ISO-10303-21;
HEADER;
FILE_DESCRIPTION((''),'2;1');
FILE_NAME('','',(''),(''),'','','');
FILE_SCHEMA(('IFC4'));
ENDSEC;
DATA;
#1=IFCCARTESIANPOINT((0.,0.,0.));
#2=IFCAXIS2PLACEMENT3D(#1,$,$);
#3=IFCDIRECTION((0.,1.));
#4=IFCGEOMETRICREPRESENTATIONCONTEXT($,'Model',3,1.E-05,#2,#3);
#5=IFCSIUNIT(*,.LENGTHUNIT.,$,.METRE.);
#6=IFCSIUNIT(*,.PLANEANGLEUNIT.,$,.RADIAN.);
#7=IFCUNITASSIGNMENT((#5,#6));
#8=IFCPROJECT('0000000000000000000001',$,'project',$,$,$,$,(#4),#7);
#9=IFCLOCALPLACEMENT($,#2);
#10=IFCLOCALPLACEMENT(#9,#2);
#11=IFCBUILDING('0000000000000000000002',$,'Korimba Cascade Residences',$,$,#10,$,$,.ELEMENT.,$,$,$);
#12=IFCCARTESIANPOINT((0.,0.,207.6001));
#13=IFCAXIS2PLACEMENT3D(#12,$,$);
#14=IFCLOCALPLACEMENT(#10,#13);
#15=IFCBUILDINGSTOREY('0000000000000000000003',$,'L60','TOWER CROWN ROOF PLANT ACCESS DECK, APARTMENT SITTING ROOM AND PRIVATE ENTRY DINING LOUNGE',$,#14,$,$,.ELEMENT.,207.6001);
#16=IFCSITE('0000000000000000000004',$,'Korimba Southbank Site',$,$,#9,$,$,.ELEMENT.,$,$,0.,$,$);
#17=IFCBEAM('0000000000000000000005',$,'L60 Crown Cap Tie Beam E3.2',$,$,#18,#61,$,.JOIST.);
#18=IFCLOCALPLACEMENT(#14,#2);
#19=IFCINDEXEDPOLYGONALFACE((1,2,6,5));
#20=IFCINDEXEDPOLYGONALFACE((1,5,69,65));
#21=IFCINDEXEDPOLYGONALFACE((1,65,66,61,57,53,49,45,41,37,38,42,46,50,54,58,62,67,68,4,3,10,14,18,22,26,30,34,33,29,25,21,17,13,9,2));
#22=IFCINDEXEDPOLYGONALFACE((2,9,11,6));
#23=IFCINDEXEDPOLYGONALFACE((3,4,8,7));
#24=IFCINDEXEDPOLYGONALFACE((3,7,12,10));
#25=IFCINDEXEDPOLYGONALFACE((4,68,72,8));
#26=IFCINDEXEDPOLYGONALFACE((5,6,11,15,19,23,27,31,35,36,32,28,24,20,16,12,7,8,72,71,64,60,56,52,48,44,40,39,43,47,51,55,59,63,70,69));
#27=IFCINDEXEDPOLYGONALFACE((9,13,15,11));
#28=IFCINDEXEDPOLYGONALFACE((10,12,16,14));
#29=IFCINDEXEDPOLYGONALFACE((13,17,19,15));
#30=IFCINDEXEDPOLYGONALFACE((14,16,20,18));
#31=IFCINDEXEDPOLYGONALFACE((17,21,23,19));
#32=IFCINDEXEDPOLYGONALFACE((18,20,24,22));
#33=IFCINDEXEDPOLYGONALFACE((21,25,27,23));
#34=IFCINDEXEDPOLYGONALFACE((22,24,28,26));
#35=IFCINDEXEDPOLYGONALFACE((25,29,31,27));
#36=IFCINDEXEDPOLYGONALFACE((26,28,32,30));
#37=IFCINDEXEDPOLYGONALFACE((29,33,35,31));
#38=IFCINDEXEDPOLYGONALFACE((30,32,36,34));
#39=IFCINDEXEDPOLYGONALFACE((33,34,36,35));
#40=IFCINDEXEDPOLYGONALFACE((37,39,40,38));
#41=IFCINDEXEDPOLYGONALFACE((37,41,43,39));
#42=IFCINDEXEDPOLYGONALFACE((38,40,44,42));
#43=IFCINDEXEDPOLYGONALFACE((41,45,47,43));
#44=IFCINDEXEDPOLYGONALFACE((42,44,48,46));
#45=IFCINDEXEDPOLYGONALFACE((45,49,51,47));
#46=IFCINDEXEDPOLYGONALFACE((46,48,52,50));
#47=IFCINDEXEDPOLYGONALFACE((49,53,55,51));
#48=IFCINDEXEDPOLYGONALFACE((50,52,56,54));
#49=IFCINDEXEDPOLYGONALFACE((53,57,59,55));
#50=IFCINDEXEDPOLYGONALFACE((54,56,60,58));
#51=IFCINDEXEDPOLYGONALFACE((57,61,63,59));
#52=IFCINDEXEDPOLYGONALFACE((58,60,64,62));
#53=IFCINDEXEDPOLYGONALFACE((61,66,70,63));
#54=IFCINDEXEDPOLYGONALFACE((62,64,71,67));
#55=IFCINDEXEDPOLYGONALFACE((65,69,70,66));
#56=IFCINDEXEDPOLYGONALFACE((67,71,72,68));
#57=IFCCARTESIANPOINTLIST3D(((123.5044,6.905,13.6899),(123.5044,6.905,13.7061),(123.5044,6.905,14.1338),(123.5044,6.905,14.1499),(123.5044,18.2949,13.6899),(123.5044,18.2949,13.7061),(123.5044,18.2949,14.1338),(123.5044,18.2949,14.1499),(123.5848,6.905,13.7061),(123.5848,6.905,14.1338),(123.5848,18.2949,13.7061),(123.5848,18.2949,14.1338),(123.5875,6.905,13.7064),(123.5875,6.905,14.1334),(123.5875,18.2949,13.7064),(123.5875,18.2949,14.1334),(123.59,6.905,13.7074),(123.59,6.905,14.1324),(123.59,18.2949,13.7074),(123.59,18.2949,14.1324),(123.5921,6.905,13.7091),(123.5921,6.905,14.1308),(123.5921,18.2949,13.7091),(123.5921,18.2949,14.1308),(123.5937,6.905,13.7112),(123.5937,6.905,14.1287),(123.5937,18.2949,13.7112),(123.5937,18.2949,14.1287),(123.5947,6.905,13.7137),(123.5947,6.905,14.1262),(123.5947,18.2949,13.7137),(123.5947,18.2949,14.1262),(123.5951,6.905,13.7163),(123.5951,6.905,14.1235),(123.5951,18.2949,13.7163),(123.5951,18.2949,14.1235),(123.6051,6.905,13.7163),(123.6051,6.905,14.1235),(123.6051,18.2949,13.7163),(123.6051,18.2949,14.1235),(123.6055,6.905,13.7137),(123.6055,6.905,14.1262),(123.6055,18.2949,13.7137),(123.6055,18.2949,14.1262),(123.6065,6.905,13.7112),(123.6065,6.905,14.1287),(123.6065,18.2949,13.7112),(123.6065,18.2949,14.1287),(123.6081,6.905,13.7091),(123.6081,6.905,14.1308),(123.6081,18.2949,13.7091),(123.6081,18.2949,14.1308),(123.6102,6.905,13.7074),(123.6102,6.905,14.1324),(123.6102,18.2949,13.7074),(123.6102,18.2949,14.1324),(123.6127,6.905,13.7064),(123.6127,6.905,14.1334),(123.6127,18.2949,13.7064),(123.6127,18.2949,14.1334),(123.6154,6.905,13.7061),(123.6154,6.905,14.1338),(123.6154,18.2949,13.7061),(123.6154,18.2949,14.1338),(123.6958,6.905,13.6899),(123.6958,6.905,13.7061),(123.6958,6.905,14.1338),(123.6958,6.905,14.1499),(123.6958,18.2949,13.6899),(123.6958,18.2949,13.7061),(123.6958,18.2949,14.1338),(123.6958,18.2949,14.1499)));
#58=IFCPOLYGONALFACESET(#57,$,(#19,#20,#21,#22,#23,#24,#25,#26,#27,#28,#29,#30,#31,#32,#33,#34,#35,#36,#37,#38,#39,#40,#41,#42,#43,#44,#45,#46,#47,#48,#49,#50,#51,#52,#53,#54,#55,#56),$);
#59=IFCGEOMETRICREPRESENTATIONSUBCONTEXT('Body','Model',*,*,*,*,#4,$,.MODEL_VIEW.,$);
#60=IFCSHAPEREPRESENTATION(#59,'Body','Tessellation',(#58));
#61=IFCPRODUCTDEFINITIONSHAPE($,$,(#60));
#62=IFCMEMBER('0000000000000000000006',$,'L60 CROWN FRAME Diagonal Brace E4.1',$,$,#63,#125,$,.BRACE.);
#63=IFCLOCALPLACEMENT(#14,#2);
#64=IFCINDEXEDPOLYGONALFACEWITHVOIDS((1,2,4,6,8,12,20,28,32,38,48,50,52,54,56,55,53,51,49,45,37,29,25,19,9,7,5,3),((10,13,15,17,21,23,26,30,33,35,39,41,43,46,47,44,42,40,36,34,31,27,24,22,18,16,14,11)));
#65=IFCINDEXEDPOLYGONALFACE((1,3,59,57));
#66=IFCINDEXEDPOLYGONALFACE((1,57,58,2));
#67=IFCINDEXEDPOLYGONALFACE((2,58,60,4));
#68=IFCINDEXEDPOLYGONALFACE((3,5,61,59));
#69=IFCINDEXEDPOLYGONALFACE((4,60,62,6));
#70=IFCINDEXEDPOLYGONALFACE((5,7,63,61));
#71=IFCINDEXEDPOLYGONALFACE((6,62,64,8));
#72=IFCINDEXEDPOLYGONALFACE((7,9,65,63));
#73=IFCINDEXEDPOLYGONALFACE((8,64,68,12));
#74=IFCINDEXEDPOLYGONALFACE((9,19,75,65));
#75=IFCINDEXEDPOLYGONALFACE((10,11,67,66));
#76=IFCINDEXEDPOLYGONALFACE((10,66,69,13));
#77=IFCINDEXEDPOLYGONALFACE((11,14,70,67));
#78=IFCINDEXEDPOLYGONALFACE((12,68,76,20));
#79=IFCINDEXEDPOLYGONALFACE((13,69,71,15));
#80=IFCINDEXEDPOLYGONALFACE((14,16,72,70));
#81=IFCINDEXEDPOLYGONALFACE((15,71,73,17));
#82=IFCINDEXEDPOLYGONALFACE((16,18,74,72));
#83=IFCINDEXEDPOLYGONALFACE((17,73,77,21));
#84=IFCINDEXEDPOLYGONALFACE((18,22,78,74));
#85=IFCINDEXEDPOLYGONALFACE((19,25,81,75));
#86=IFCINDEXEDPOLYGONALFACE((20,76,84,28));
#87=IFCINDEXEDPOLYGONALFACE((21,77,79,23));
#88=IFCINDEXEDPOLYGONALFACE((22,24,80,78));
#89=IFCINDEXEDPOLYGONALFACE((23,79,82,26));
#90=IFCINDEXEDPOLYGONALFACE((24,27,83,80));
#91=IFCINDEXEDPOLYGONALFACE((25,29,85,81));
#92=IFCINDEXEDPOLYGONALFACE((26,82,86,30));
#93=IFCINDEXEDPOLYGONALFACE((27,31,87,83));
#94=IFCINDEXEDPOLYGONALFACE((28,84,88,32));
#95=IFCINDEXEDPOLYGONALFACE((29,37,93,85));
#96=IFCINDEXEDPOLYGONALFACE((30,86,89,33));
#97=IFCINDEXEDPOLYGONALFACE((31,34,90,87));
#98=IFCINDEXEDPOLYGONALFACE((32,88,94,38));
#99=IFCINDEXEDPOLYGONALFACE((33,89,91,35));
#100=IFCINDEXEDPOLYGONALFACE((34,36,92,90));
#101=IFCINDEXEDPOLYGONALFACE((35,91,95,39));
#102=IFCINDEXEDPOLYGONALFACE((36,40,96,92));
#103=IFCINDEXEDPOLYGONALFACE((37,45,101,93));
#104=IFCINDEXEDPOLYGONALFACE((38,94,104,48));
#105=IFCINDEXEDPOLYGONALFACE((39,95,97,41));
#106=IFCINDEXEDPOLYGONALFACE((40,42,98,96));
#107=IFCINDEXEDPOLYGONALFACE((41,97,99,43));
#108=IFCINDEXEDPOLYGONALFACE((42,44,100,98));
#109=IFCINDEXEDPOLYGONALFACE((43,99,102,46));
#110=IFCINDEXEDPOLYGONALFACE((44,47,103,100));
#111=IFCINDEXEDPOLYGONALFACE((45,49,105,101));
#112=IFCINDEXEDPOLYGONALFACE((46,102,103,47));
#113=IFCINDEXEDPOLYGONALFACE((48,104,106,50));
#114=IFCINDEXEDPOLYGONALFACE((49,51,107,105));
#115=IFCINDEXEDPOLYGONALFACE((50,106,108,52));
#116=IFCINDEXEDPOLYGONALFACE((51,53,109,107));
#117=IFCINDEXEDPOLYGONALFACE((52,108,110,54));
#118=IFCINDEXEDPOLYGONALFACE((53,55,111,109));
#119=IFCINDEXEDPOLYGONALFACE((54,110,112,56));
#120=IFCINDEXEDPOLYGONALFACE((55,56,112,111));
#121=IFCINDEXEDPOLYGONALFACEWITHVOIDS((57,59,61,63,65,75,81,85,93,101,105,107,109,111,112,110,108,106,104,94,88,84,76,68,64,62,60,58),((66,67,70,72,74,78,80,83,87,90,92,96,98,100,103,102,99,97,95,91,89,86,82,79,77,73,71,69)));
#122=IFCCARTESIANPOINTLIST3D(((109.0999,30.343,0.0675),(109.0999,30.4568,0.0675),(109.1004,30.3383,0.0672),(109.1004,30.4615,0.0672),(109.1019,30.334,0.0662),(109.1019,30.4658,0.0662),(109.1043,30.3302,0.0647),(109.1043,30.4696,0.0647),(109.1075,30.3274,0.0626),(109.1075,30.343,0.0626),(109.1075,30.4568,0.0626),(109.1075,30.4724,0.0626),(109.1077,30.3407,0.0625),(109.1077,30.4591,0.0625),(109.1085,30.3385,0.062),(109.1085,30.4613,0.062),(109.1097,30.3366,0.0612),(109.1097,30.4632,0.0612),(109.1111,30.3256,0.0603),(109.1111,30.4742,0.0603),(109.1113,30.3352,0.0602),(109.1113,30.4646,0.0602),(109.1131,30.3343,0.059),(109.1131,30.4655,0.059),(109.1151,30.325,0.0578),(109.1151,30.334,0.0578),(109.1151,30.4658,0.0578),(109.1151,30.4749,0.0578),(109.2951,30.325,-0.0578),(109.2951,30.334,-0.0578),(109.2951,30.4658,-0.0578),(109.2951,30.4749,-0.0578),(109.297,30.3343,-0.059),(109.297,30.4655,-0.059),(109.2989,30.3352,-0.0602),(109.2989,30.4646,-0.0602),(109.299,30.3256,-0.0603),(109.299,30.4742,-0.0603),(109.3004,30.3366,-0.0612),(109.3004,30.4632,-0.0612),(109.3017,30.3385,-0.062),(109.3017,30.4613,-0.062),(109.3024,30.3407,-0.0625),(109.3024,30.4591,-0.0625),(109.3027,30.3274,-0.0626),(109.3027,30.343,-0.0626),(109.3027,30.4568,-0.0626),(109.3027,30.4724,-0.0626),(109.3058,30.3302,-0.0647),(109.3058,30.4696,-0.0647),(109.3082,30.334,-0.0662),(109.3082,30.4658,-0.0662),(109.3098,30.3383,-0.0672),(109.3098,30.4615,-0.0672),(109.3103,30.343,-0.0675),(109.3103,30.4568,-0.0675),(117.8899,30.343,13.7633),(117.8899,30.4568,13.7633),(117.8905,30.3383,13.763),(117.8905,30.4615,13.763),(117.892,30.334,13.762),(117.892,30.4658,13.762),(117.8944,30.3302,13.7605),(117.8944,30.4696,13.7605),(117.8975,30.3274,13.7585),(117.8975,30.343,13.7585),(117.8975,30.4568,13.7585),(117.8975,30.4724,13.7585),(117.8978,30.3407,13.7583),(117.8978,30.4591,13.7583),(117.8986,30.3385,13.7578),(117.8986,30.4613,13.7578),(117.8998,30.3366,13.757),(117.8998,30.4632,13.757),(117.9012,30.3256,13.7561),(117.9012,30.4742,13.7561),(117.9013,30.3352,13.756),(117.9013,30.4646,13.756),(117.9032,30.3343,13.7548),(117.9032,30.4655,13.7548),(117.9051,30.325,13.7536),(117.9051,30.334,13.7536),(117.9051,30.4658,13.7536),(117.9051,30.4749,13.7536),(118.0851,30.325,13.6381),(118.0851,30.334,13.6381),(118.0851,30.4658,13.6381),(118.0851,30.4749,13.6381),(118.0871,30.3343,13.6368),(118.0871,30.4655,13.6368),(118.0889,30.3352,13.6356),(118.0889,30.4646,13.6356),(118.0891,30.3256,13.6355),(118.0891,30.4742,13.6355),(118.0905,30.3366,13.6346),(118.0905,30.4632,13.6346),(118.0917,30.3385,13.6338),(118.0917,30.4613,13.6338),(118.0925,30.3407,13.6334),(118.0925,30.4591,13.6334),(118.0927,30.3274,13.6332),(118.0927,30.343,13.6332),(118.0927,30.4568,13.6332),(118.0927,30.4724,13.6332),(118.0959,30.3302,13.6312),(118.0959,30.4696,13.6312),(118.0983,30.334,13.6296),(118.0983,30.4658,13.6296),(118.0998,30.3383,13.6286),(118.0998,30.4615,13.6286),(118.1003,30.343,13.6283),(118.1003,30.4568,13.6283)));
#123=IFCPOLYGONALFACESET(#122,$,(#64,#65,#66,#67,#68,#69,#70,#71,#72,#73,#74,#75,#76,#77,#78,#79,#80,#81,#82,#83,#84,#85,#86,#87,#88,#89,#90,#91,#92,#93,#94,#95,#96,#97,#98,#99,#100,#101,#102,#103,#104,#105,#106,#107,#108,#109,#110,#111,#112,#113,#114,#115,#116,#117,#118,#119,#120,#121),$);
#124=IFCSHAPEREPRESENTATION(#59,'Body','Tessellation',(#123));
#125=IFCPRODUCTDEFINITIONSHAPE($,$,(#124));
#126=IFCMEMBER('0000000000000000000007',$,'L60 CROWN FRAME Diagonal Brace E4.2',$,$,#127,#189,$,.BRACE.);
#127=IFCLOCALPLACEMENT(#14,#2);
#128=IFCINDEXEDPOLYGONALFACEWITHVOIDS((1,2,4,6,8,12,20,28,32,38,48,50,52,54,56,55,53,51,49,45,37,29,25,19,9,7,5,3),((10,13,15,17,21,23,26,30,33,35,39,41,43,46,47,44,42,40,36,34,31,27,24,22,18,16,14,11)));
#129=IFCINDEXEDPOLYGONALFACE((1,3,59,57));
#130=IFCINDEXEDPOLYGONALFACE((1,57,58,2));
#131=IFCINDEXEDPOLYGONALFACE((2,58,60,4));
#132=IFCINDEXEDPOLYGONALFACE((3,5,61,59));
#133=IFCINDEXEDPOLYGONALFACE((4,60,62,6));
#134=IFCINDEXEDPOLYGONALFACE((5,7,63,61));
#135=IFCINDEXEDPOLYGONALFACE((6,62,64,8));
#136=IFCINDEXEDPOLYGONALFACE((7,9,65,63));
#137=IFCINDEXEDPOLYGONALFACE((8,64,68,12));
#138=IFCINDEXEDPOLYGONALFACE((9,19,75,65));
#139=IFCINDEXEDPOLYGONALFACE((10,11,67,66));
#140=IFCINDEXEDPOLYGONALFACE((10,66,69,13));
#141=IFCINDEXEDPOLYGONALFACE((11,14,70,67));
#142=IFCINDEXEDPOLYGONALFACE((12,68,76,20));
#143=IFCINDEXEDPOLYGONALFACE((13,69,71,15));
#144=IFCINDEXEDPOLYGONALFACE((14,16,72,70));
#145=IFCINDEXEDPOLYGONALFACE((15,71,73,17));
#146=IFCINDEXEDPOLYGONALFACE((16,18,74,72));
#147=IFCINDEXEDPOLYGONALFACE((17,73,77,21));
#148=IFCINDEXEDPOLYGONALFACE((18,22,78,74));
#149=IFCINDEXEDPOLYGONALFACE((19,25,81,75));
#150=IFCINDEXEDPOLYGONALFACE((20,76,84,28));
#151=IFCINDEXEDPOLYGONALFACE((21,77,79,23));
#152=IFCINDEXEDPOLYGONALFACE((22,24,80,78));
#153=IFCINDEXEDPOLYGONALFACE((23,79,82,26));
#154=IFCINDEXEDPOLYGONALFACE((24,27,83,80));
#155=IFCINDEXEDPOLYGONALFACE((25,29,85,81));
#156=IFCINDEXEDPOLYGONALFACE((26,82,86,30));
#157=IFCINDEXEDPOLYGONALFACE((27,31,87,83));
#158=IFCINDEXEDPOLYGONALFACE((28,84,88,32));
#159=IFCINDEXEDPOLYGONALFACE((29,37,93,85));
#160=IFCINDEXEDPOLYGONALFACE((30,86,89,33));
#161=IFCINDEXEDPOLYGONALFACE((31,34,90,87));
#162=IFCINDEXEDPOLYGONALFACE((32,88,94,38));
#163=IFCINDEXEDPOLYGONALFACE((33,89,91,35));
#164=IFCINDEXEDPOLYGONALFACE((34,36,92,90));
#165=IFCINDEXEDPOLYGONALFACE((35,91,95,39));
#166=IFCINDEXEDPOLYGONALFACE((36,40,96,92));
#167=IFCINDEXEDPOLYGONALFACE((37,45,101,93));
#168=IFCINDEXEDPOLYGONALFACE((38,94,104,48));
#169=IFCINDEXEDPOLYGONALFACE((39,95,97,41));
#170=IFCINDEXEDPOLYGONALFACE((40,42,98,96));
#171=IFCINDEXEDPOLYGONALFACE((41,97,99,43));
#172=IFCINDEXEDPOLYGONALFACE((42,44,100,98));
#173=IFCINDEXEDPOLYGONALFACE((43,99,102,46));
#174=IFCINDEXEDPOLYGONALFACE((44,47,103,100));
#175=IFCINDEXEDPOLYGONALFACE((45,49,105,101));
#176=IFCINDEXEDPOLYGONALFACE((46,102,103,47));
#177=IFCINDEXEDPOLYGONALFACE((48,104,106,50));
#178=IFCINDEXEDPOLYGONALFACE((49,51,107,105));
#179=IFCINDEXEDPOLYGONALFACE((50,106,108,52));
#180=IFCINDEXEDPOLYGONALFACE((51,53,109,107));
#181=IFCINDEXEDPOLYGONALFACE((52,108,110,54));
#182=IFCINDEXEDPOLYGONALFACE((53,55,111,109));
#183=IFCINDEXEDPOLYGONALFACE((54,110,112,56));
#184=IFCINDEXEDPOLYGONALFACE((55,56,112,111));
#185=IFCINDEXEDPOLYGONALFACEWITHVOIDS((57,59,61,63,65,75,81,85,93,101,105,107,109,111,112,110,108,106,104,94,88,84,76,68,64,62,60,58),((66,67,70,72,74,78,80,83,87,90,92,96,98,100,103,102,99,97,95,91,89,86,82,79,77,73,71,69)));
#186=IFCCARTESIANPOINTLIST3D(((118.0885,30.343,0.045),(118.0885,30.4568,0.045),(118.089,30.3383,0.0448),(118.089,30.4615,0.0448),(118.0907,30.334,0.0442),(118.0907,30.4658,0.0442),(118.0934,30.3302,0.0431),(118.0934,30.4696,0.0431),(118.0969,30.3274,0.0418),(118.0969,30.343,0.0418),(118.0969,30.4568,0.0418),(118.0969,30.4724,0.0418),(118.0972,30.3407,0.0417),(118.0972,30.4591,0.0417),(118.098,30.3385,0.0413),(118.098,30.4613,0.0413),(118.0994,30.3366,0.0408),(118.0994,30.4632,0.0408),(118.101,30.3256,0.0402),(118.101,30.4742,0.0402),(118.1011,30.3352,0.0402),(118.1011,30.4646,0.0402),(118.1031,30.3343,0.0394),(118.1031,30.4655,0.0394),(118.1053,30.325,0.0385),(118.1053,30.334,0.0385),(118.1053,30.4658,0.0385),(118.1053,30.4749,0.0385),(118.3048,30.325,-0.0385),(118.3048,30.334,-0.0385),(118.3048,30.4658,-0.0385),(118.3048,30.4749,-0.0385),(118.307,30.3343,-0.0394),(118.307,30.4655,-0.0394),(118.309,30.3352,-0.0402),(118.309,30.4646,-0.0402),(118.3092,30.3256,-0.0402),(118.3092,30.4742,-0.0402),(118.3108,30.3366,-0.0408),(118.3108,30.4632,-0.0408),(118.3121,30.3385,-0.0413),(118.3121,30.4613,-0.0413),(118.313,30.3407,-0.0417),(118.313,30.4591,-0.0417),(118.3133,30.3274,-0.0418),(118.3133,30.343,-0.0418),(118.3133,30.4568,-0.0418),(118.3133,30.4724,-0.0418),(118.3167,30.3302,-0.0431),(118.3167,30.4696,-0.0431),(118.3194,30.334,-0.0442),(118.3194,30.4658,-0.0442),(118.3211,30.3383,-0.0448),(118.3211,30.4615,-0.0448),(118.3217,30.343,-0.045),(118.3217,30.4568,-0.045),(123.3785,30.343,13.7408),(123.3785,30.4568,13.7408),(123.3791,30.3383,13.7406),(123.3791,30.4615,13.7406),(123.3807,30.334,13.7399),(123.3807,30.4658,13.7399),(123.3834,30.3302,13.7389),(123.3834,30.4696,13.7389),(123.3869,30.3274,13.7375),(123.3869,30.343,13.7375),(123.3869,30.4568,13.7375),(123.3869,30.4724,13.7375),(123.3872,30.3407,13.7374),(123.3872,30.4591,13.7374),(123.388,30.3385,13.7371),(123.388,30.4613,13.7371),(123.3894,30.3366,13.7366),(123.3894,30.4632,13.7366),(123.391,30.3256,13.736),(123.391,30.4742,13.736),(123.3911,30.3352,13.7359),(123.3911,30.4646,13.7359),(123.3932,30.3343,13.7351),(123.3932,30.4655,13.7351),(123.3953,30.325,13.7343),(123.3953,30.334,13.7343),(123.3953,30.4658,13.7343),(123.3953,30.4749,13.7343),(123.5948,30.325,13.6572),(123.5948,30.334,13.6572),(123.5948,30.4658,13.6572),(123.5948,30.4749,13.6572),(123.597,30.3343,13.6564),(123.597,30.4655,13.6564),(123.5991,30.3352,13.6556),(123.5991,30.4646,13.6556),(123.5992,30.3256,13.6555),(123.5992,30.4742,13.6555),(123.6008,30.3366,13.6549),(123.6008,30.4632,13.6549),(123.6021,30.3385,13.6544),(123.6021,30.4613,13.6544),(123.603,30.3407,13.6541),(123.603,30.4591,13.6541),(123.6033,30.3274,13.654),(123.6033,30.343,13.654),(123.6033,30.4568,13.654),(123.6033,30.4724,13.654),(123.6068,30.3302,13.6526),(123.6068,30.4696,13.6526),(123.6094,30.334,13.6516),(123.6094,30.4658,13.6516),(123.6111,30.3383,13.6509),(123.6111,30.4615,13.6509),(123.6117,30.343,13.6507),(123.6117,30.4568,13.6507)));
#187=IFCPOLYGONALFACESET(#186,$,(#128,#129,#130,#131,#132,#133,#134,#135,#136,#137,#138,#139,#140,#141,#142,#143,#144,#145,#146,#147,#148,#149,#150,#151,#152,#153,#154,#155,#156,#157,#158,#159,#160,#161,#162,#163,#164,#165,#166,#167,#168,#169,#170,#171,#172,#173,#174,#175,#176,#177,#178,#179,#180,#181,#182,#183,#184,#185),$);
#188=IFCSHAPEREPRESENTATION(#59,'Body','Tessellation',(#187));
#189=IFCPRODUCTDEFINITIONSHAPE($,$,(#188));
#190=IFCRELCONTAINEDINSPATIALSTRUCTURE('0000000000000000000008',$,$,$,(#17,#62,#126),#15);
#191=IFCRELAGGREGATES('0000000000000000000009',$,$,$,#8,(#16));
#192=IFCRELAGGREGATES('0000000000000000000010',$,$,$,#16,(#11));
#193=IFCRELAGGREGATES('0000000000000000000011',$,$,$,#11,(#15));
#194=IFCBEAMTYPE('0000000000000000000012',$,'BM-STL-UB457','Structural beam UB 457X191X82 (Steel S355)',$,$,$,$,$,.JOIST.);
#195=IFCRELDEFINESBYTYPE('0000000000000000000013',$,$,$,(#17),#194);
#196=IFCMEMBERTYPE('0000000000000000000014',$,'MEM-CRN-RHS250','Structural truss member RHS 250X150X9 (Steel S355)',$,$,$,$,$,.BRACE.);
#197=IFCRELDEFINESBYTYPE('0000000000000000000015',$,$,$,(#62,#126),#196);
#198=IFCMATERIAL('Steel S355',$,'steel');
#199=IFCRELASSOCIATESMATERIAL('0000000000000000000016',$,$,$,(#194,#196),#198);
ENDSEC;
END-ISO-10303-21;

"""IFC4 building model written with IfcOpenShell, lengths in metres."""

from ifc_helpers import new_model, si_unit, direction, frame, origin, origin_2d, place, context, subcontext, project, spatial, hollow_rectangle, i_section, extrude, material, material_profile, profile_set, type_object, element, save


model = new_model("IFC4")

# Units and contexts
model_context = context("Model", 3, precision=1e-05, world=origin(), true_north=direction((0.0, 1.0)))
body_context = subcontext(model_context, "Body", "Model", "MODEL_VIEW")
ifc_project = project(units=[si_unit("LENGTHUNIT", "METRE"), si_unit("PLANEANGLEUNIT", "RADIAN")], contexts=[model_context])

# Site, building, storey
site_placement = place(None, origin())
site = spatial("IfcSite", under=ifc_project, at=site_placement, Name="Korimba Southbank Site", CompositionType="ELEMENT", RefElevation=0.0)
building_placement = place(site_placement, origin())
building = spatial("IfcBuilding", under=site, at=building_placement, Name="Korimba Cascade Residences", CompositionType="ELEMENT")
storey_placement = place(building_placement, frame((0.0, 0.0, 207.6001)))
storey = spatial("IfcBuildingStorey", under=building, at=storey_placement, Name="L60", Description="TOWER CROWN ROOF PLANT ACCESS DECK, APARTMENT SITTING ROOM AND PRIVATE ENTRY DINING LOUNGE", CompositionType="ELEMENT", Elevation=207.6001)

# Shared definitions
ifc_material_1 = material(Name="Steel S355", Category="steel")

# Beam
ifc_material_profile_1 = material_profile(ifc_material_1, i_section(OverallWidth=0.1914, OverallDepth=0.46, WebThickness=0.01, FlangeThickness=0.0161, FilletRadius=0.0103, at=origin_2d()), Name="Steel S355")
ifc_profile_set_1 = profile_set([ifc_material_profile_1], Name="Steel S355")
beam_type_1 = type_object("IfcBeamType", Name="BM-STL-UB457", Description="Structural beam UB 457X191X82 (Steel S355)", PredefinedType="JOIST", material=ifc_profile_set_1)
beam_1_placement = place(storey_placement, frame((123.6001, 6.905, 13.9199), z_axis=(0.0, 1.0, 0.0), x_axis=(-1.0, 0.0, 0.0)))
element("IfcBeam", 1, at=beam_1_placement, inside=storey, type_object=beam_type_1, Name="L60 Crown Cap Tie Beam E3.2", PredefinedType="JOIST", context=body_context, shape_type="SweptSolid", body=[
    extrude(i_section(OverallWidth=0.1914, OverallDepth=0.46, WebThickness=0.01, FlangeThickness=0.0161, FilletRadius=0.0103, at=origin_2d()), origin(), (0.0, 0.0, 1.0), 11.3899),
])

# Members
ifc_material_profile_2 = material_profile(ifc_material_1, hollow_rectangle(XDim=0.1499, YDim=0.25, WallThickness=0.009, InnerFilletRadius=0.009, OuterFilletRadius=0.0181, at=origin_2d()), Name="Steel S355")
ifc_profile_set_2 = profile_set([ifc_material_profile_2], Name="Steel S355")
member_type_1 = type_object("IfcMemberType", Name="MEM-CRN-RHS250", Description="Structural truss member RHS 250X150X9 (Steel S355)", PredefinedType="BRACE", material=ifc_profile_set_2)
member_1_placement = place(storey_placement, frame((109.2051, 30.3999, 0.0), z_axis=(0.540131, 0.0, 0.841581), x_axis=(0.0, 1.0, 0.0)))
element("IfcMember", 2, at=member_1_placement, inside=storey, type_object=member_type_1, Name="L60 CROWN FRAME Diagonal Brace E4.1", PredefinedType="BRACE", context=body_context, shape_type="SweptSolid", body=[
    extrude(hollow_rectangle(XDim=0.1499, YDim=0.25, WallThickness=0.009, InnerFilletRadius=0.009, OuterFilletRadius=0.0181, at=origin_2d()), origin(), (0.0, 0.0, 1.0), 16.2739),
])
member_2_placement = place(storey_placement, frame((118.2051, 30.3999, 0.0), z_axis=(0.360309, 0.0, 0.932833), x_axis=(0.0, 1.0, 0.0)))
element("IfcMember", 3, at=member_2_placement, inside=storey, type_object=member_type_1, Name="L60 CROWN FRAME Diagonal Brace E4.2", PredefinedType="BRACE", context=body_context, shape_type="SweptSolid", body=[
    extrude(hollow_rectangle(XDim=0.1499, YDim=0.25, WallThickness=0.009, InnerFilletRadius=0.009, OuterFilletRadius=0.0181, at=origin_2d()), origin(), (0.0, 0.0, 1.0), 14.6819),
])

save(model, "model.ifc")
